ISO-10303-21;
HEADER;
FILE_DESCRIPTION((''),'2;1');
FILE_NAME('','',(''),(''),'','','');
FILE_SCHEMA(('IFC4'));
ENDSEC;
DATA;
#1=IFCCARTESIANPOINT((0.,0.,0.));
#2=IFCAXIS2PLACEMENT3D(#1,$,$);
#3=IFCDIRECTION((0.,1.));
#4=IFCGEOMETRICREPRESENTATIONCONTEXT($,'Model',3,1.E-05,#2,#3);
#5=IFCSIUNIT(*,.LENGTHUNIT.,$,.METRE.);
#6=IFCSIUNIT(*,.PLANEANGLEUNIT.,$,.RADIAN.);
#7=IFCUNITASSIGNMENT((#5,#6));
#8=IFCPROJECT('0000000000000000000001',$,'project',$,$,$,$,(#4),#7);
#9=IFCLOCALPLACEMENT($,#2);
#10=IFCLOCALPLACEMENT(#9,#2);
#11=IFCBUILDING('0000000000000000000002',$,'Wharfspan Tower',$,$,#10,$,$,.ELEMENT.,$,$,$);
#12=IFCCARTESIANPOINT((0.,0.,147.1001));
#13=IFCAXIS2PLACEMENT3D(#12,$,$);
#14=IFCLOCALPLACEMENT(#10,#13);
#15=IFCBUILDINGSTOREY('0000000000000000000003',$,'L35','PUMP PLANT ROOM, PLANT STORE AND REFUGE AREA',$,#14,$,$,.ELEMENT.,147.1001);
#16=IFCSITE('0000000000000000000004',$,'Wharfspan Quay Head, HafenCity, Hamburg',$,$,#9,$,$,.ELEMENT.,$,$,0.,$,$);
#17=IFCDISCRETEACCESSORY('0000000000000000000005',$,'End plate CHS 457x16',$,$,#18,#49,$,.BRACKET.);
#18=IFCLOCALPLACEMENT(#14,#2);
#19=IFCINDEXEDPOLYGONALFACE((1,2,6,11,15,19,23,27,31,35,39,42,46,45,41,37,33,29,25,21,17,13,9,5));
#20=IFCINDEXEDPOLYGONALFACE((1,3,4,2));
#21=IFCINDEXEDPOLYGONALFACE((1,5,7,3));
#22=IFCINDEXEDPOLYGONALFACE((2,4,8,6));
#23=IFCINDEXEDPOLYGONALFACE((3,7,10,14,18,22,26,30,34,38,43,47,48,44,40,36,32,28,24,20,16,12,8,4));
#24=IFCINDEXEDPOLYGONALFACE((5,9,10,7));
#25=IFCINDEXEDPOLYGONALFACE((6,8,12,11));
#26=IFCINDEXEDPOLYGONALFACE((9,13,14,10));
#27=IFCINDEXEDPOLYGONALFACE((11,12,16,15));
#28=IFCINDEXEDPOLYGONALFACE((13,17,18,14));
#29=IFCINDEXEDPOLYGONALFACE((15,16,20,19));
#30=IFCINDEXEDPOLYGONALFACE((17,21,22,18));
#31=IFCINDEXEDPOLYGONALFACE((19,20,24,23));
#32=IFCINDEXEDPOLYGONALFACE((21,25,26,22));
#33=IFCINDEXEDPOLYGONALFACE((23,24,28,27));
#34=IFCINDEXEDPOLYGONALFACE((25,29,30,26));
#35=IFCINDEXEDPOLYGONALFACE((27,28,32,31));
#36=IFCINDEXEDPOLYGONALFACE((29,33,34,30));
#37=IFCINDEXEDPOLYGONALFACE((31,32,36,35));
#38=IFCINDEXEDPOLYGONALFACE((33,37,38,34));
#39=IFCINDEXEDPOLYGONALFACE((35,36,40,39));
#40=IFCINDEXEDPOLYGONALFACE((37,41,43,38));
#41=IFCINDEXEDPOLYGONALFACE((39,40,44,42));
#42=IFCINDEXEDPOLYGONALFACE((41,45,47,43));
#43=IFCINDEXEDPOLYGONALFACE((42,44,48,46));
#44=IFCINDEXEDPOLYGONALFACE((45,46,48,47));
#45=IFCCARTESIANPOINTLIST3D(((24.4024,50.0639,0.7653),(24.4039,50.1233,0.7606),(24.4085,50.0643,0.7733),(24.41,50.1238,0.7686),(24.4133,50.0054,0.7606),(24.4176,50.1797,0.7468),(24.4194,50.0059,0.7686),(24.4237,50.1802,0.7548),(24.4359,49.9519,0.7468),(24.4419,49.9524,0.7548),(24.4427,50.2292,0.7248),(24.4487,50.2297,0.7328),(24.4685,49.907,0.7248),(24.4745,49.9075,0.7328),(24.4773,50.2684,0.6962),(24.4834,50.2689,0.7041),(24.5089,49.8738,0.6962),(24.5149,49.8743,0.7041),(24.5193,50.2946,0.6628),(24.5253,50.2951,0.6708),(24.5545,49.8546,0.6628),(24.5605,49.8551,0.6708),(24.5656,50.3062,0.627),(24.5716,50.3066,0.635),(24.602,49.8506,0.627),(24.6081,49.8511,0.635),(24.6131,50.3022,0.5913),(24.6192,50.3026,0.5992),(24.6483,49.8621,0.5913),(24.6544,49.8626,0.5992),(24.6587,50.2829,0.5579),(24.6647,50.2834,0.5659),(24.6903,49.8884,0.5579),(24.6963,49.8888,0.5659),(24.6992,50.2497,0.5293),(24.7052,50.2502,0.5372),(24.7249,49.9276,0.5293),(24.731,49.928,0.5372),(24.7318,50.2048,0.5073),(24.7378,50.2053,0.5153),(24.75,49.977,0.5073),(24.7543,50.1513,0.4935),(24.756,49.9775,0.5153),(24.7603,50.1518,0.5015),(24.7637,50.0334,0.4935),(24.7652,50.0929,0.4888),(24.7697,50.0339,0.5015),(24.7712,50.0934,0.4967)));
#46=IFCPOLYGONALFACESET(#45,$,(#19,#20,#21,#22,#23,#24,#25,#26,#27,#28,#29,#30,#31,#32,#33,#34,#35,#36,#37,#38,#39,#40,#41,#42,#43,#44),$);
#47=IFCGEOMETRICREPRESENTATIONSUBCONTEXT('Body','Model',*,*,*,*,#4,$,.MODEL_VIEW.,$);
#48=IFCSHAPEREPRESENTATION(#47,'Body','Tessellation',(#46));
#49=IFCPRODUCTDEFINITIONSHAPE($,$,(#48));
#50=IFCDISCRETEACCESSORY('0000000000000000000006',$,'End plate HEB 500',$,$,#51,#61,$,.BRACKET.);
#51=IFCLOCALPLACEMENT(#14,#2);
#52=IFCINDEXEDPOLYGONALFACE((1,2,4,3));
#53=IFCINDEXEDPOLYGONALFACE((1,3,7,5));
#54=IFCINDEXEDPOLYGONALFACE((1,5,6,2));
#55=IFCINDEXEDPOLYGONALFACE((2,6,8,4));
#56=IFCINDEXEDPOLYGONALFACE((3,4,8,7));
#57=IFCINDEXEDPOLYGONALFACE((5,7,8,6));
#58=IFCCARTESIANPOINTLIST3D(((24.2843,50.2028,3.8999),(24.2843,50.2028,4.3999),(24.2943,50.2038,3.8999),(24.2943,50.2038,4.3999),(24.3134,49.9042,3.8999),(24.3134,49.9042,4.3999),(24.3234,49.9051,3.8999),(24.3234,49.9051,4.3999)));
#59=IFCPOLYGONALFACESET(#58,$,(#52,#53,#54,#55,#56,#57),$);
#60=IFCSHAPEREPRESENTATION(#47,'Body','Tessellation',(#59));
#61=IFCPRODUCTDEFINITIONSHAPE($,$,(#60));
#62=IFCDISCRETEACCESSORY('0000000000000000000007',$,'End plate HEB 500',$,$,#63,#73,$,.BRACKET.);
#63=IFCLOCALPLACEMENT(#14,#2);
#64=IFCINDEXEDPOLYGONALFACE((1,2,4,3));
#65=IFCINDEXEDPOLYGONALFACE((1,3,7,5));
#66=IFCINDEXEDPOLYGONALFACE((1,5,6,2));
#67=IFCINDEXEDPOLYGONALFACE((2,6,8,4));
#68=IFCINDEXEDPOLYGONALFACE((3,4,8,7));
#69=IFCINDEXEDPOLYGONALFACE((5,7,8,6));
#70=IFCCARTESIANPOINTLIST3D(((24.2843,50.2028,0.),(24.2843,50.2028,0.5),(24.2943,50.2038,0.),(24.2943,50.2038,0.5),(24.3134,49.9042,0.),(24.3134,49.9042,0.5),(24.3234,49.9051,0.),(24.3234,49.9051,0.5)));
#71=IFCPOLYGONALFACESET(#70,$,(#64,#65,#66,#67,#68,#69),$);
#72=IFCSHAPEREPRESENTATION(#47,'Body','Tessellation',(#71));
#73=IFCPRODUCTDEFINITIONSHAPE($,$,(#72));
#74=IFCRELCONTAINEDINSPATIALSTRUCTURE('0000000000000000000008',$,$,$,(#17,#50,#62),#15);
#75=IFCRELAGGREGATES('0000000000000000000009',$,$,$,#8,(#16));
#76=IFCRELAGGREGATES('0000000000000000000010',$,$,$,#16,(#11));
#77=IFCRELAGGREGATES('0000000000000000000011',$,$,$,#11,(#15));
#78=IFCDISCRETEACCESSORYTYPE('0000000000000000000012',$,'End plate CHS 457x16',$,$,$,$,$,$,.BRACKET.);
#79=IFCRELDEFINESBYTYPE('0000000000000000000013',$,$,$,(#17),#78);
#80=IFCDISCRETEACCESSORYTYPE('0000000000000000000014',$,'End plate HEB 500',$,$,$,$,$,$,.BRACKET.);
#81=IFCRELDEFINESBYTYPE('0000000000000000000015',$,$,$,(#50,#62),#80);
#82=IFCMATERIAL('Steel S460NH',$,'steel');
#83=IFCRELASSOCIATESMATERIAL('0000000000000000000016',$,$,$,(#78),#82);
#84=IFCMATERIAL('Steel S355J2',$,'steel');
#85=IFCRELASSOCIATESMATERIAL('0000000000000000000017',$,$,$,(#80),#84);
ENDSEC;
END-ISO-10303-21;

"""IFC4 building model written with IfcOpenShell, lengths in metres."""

from ifc_helpers import new_model, si_unit, direction, frame, origin, origin_2d, place, context, subcontext, project, spatial, rectangle, circle, extrude, material, material_profile, profile_set, type_object, element, save


model = new_model("IFC4")

# Units and contexts
model_context = context("Model", 3, precision=1e-05, world=origin(), true_north=direction((0.0, 1.0)))
body_context = subcontext(model_context, "Body", "Model", "MODEL_VIEW")
ifc_project = project(units=[si_unit("LENGTHUNIT", "METRE"), si_unit("PLANEANGLEUNIT", "RADIAN")], contexts=[model_context])

# Site, building, storey
site_placement = place(None, origin())
site = spatial("IfcSite", under=ifc_project, at=site_placement, Name="Wharfspan Quay Head, HafenCity, Hamburg", CompositionType="ELEMENT", RefElevation=0.0)
building_placement = place(site_placement, origin())
building = spatial("IfcBuilding", under=site, at=building_placement, Name="Wharfspan Tower", CompositionType="ELEMENT")
storey_placement = place(building_placement, frame((0.0, 0.0, 147.1001)))
storey = spatial("IfcBuildingStorey", under=building, at=storey_placement, Name="L35", Description="PUMP PLANT ROOM, PLANT STORE AND REFUGE AREA", CompositionType="ELEMENT", Elevation=147.1001)

# Shared definitions
ifc_material_1 = material(Name="Steel S355J2", Category="steel")

# Shared definitions
ifc_material_2 = material(Name="Steel S460NH", Category="steel")

# Discrete accessories
ifc_material_profile_1 = material_profile(ifc_material_2, circle(Radius=0.2285, at=origin_2d()))
ifc_profile_set_1 = profile_set([ifc_material_profile_1], Name="Steel S460NH")
discrete_accessory_type_1 = type_object("IfcDiscreteAccessoryType", Name="End plate CHS 457x16", PredefinedType="BRACKET", material=ifc_profile_set_1)
for number, where, z_axis, x_axis, name in (
    (1, (24.5898, 50.0789, 0.635), (-0.603154, -0.048252, -0.796164), (0.079745, -0.996819, 0.0), "End plate CHS 457x16"),
):
    element("IfcDiscreteAccessory", number, at=place(storey_placement, frame(where, z_axis=z_axis, x_axis=x_axis)), inside=storey, type_object=discrete_accessory_type_1, Name=name, PredefinedType="BRACKET", context=body_context, shape_type="SweptSolid", body=[
        extrude(circle(Radius=0.2285, at=origin_2d()), origin(), (0.0, 0.0, 1.0), 0.01),
    ])
ifc_material_profile_2 = material_profile(ifc_material_1, rectangle(XDim=0.3, YDim=0.5, at=origin_2d()))
ifc_profile_set_2 = profile_set([ifc_material_profile_2], Name="Steel S355J2")
discrete_accessory_type_2 = type_object("IfcDiscreteAccessoryType", Name="End plate HEB 500", PredefinedType="BRACKET", material=ifc_profile_set_2)
for number, where, z_axis, x_axis, name in (
    (2, (24.3088, 50.0544, 4.1499), (-0.995275, -0.0971, 0.0), (0.0971, -0.995275, 0.0), "End plate HEB 500"),
    (3, (24.3088, 50.0544, 0.25), (-0.995275, -0.0971, 0.0), (0.0971, -0.995275, 0.0), "End plate HEB 500"),
):
    element("IfcDiscreteAccessory", number, at=place(storey_placement, frame(where, z_axis=z_axis, x_axis=x_axis)), inside=storey, type_object=discrete_accessory_type_2, Name=name, PredefinedType="BRACKET", context=body_context, shape_type="SweptSolid", body=[
        extrude(rectangle(XDim=0.3, YDim=0.5, at=origin_2d()), origin(), (0.0, 0.0, 1.0), 0.01),
    ])

save(model, "model.ifc")
